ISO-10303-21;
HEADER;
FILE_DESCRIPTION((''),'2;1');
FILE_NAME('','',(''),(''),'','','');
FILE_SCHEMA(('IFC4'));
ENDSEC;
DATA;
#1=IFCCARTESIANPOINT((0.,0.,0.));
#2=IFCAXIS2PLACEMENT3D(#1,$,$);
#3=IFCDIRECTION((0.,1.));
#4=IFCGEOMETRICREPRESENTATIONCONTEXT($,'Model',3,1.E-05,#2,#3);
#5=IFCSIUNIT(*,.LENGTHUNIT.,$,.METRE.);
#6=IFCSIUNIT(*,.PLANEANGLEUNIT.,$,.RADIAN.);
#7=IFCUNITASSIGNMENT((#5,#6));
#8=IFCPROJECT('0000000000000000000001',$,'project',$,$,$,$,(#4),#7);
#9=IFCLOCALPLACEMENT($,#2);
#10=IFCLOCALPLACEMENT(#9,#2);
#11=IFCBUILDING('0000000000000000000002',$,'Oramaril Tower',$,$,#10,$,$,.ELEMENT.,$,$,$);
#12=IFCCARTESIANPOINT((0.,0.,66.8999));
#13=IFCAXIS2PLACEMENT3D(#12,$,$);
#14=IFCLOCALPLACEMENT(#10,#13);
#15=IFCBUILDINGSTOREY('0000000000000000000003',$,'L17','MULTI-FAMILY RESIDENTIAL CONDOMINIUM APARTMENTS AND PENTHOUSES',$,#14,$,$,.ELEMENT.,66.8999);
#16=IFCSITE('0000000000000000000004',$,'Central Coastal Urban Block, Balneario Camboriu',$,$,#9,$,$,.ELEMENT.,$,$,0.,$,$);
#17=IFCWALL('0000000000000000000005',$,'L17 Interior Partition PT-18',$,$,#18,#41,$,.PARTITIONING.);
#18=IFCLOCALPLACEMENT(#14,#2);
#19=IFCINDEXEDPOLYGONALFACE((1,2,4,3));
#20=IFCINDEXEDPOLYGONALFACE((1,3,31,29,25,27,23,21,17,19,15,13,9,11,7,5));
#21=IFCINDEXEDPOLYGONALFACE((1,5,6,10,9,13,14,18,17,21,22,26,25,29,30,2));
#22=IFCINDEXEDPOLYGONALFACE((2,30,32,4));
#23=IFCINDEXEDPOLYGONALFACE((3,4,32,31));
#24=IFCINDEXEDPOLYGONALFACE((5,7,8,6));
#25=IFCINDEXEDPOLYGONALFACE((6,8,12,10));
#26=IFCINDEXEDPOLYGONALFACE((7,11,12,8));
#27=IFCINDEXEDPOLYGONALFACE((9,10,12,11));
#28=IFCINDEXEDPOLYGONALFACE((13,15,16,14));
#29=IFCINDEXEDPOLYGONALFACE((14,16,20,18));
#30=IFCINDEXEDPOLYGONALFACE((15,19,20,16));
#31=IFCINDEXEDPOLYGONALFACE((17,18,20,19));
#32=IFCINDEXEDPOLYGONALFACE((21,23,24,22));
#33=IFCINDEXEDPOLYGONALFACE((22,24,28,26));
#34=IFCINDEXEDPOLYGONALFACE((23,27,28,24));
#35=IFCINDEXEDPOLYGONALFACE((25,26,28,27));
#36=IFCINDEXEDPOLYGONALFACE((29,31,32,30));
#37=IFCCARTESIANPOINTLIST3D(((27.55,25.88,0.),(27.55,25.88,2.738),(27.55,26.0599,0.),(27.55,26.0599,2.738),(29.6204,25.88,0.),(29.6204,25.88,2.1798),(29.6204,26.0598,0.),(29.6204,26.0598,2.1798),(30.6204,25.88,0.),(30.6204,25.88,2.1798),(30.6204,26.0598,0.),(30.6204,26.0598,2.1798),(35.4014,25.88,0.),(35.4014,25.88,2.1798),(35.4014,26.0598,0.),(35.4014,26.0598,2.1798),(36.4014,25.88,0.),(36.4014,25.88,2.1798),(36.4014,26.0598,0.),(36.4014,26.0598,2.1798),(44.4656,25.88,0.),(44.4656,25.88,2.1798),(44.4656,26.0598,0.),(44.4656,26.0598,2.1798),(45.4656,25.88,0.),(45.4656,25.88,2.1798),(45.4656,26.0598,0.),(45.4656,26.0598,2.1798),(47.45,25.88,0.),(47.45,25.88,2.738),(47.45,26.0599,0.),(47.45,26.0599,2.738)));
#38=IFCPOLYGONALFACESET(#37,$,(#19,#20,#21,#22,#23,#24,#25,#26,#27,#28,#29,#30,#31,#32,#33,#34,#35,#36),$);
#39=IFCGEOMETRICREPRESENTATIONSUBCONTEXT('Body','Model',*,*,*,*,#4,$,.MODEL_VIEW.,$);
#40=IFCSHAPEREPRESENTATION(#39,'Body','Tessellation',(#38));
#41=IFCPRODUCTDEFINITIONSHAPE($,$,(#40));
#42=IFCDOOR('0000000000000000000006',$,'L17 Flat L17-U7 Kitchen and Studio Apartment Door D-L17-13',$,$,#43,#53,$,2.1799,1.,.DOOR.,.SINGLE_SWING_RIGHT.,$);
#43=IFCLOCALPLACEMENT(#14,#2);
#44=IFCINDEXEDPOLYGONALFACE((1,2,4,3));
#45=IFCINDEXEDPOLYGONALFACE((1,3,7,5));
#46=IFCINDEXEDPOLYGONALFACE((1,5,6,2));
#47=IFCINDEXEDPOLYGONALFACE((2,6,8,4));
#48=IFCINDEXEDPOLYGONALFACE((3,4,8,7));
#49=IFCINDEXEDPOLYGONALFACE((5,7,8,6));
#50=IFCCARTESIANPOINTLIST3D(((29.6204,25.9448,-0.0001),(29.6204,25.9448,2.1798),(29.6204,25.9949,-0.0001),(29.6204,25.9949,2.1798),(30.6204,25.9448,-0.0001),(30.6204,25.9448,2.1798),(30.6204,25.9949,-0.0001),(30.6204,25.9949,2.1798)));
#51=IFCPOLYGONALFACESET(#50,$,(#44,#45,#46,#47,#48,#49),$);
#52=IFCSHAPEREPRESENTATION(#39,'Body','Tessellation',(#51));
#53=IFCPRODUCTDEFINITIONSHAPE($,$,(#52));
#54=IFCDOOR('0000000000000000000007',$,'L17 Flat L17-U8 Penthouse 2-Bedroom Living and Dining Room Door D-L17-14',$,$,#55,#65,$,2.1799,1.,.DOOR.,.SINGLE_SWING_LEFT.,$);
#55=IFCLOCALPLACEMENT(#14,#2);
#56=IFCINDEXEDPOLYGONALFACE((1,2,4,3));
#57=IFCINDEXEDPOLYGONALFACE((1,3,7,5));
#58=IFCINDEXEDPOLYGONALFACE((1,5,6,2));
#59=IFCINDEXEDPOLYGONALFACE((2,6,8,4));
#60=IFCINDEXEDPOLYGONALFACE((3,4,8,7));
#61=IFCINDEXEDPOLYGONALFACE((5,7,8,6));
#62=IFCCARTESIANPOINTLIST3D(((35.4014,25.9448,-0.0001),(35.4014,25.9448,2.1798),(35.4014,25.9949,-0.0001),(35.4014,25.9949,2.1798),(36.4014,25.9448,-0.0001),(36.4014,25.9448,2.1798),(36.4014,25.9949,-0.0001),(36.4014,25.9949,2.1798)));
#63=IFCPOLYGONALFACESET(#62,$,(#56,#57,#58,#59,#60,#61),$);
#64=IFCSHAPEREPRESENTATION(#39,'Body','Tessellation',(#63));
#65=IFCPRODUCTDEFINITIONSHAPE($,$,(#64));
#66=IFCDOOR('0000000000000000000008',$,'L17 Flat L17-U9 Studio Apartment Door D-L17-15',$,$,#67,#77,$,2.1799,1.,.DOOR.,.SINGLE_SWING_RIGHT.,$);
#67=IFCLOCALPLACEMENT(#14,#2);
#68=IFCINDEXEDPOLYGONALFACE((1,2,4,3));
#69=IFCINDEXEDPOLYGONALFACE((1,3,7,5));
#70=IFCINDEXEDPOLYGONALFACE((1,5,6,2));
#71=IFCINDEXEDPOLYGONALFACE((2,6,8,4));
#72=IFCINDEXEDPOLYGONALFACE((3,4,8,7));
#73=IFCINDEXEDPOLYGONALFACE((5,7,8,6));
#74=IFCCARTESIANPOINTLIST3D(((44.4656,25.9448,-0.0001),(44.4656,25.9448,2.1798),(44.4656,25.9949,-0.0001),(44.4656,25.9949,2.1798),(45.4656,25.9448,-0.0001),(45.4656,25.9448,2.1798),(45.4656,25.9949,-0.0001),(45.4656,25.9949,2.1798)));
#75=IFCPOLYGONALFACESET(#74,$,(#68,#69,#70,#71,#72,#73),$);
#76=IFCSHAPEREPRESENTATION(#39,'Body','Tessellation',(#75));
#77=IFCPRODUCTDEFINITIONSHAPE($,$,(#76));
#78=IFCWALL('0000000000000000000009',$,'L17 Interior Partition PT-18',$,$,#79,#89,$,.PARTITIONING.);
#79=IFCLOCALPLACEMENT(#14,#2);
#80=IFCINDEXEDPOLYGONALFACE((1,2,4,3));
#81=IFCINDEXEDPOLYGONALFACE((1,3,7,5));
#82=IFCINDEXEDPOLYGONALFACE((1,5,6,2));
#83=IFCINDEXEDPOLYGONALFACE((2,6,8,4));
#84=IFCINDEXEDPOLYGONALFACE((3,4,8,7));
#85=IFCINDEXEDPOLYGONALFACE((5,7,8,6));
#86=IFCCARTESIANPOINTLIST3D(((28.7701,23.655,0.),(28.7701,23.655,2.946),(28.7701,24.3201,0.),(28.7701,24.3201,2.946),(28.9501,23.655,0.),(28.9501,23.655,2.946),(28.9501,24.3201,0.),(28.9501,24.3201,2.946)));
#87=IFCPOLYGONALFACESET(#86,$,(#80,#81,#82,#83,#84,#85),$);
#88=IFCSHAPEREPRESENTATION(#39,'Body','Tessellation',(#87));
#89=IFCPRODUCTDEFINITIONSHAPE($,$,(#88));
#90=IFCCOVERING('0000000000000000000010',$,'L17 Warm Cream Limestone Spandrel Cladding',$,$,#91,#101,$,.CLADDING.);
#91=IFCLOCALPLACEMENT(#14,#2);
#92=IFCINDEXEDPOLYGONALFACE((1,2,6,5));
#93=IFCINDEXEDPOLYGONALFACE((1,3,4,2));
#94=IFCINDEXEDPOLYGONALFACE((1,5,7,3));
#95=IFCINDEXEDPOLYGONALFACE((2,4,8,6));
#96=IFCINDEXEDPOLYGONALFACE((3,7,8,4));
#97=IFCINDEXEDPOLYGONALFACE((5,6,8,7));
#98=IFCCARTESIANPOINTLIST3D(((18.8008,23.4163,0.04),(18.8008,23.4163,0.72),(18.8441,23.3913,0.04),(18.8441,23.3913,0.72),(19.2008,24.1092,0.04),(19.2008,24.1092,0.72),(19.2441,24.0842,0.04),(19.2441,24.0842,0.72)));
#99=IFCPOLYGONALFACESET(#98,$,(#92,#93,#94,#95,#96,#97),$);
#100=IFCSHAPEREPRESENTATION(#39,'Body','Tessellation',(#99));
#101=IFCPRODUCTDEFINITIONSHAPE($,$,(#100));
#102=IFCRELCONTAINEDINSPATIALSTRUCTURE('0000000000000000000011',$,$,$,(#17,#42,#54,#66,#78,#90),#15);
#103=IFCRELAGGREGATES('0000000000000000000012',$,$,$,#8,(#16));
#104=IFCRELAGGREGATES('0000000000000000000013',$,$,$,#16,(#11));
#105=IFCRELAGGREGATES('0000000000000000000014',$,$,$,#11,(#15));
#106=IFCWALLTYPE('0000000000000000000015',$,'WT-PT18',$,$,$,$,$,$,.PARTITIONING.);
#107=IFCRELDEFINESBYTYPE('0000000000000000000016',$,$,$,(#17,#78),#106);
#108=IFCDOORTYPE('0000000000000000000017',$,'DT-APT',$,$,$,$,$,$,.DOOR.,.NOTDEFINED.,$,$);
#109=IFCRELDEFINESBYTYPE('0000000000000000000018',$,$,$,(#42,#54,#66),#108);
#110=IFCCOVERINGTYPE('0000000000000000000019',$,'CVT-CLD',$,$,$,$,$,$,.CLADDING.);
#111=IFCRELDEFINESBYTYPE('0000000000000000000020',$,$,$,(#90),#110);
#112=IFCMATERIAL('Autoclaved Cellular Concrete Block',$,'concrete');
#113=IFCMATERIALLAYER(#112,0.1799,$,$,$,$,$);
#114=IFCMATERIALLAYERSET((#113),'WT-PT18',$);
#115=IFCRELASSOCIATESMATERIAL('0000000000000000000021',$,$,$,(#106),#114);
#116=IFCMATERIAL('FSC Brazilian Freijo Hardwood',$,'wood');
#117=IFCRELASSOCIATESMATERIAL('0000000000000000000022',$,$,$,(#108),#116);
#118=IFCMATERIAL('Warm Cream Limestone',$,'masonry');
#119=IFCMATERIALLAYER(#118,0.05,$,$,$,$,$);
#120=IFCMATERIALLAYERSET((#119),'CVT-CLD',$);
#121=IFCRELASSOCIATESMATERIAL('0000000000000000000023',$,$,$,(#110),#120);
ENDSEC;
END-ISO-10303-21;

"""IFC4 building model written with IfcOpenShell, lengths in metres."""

from ifc_helpers import new_model, si_unit, direction, frame, frame_2d, origin, origin_2d, place, context, subcontext, project, spatial, rectangle, extrude, material, layer, layer_set, type_object, element, fill, save


model = new_model("IFC4")

# Units and contexts
model_context = context("Model", 3, precision=1e-05, world=origin(), true_north=direction((0.0, 1.0)))
body_context = subcontext(model_context, "Body", "Model", "MODEL_VIEW")
ifc_project = project(units=[si_unit("LENGTHUNIT", "METRE"), si_unit("PLANEANGLEUNIT", "RADIAN")], contexts=[model_context])

# Site, building, storey
site_placement = place(None, origin())
site = spatial("IfcSite", under=ifc_project, at=site_placement, Name="Central Coastal Urban Block, Balneario Camboriu", CompositionType="ELEMENT", RefElevation=0.0)
building_placement = place(site_placement, origin())
building = spatial("IfcBuilding", under=site, at=building_placement, Name="Oramaril Tower", CompositionType="ELEMENT")
storey_placement = place(building_placement, frame((0.0, 0.0, 66.8999)))
storey = spatial("IfcBuildingStorey", under=building, at=storey_placement, Name="L17", Description="MULTI-FAMILY RESIDENTIAL CONDOMINIUM APARTMENTS AND PENTHOUSES", CompositionType="ELEMENT", Elevation=66.8999)

# Shared definitions
ifc_material_1 = material(Name="Autoclaved Cellular Concrete Block", Category="concrete")
ifc_layer_1 = layer(ifc_material_1, 0.1799)
ifc_layer_set_1 = layer_set([ifc_layer_1], Name="WT-PT18")
wall_type_1 = type_object("IfcWallType", Name="WT-PT18", PredefinedType="PARTITIONING", material=ifc_layer_set_1)

# Wall, openings, doors
wall_1_placement = place(storey_placement, frame((27.55, 25.97, 0.0), z_axis=(0.0, 0.0, 1.0), x_axis=(1.0, 0.0, 0.0)))
wall_1 = element("IfcWall", 1, at=wall_1_placement, inside=storey, type_object=wall_type_1, Name="L17 Interior Partition PT-18", PredefinedType="PARTITIONING", context=body_context, shape_type="SweptSolid", body=[
    extrude(rectangle(XDim=19.8999, YDim=0.1799, at=frame_2d((9.95, 0.0))), origin(), (0.0, 0.0, 1.0), 2.738),
])
opening_1_placement = place(wall_1_placement, frame((2.0703, 0.0, 0.0)))
opening_1 = element("IfcOpeningElement", 2, at=opening_1_placement, cuts=wall_1, PredefinedType="OPENING", context=body_context, shape_type="SweptSolid", body=[
    extrude(rectangle(XDim=1.0, YDim=2.1799, at=frame_2d((0.5, 1.0898))), frame((0.0, 0.0898, 0.0), z_axis=(0.0, -1.0, 0.0), x_axis=(1.0, 0.0, 0.0)), (0.0, 0.0, 1.0), 0.1799),
])
opening_2_placement = place(wall_1_placement, frame((7.8513, 0.0, 0.0)))
opening_2 = element("IfcOpeningElement", 3, at=opening_2_placement, cuts=wall_1, PredefinedType="OPENING", context=body_context, shape_type="SweptSolid", body=[
    extrude(rectangle(XDim=1.0, YDim=2.1799, at=frame_2d((0.5, 1.0898))), frame((0.0, 0.0898, 0.0), z_axis=(0.0, -1.0, 0.0), x_axis=(1.0, 0.0, 0.0)), (0.0, 0.0, 1.0), 0.1799),
])
opening_3_placement = place(wall_1_placement, frame((16.9155, 0.0, 0.0)))
opening_3 = element("IfcOpeningElement", 4, at=opening_3_placement, cuts=wall_1, PredefinedType="OPENING", context=body_context, shape_type="SweptSolid", body=[
    extrude(rectangle(XDim=1.0, YDim=2.1799, at=frame_2d((0.5, 1.0898))), frame((0.0, 0.0898, 0.0), z_axis=(0.0, -1.0, 0.0), x_axis=(1.0, 0.0, 0.0)), (0.0, 0.0, 1.0), 0.1799),
])
ifc_material_2 = material(Name="FSC Brazilian Freijo Hardwood", Category="wood")
door_type_1 = type_object("IfcDoorType", Name="DT-APT", OperationType="NOTDEFINED", PredefinedType="DOOR", material=ifc_material_2)
door_1_placement = place(opening_1_placement, origin())
door_1 = element("IfcDoor", 5, at=door_1_placement, inside=storey, type_object=door_type_1, Name="L17 Flat L17-U7 Kitchen and Studio Apartment Door D-L17-13", OperationType="SINGLE_SWING_RIGHT", OverallHeight=2.1799, OverallWidth=1.0, PredefinedType="DOOR", context=body_context, shape_type="SweptSolid", body=[
    extrude(rectangle(XDim=1.0, YDim=2.1799, at=frame_2d((0.5, 1.0898))), frame((0.0, 0.0249, 0.0), z_axis=(0.0, -1.0, 0.0), x_axis=(1.0, 0.0, 0.0)), (0.0, 0.0, 1.0), 0.05),
])
fill(opening_1, door_1)
door_2_placement = place(opening_2_placement, origin())
door_2 = element("IfcDoor", 6, at=door_2_placement, inside=storey, type_object=door_type_1, Name="L17 Flat L17-U8 Penthouse 2-Bedroom Living and Dining Room Door D-L17-14", OperationType="SINGLE_SWING_LEFT", OverallHeight=2.1799, OverallWidth=1.0, PredefinedType="DOOR", context=body_context, shape_type="SweptSolid", body=[
    extrude(rectangle(XDim=1.0, YDim=2.1799, at=frame_2d((0.5, 1.0898))), frame((0.0, 0.0249, 0.0), z_axis=(0.0, -1.0, 0.0), x_axis=(1.0, 0.0, 0.0)), (0.0, 0.0, 1.0), 0.05),
])
fill(opening_2, door_2)
door_3_placement = place(opening_3_placement, origin())
door_3 = element("IfcDoor", 7, at=door_3_placement, inside=storey, type_object=door_type_1, Name="L17 Flat L17-U9 Studio Apartment Door D-L17-15", OperationType="SINGLE_SWING_RIGHT", OverallHeight=2.1799, OverallWidth=1.0, PredefinedType="DOOR", context=body_context, shape_type="SweptSolid", body=[
    extrude(rectangle(XDim=1.0, YDim=2.1799, at=frame_2d((0.5, 1.0898))), frame((0.0, 0.0249, 0.0), z_axis=(0.0, -1.0, 0.0), x_axis=(1.0, 0.0, 0.0)), (0.0, 0.0, 1.0), 0.05),
])
fill(opening_3, door_3)

# Wall
wall_2_placement = place(storey_placement, frame((28.8601, 23.655, 0.0), z_axis=(0.0, 0.0, 1.0), x_axis=(0.0, 1.0, 0.0)))
element("IfcWall", 8, at=wall_2_placement, inside=storey, type_object=wall_type_1, Name="L17 Interior Partition PT-18", PredefinedType="PARTITIONING", context=body_context, shape_type="SweptSolid", body=[
    extrude(rectangle(XDim=0.665, YDim=0.1799, at=frame_2d((0.3325, 0.0))), origin(), (0.0, 0.0, 1.0), 2.946),
])

# Covering
ifc_material_3 = material(Name="Warm Cream Limestone", Category="masonry")
ifc_layer_2 = layer(ifc_material_3, 0.05)
ifc_layer_set_2 = layer_set([ifc_layer_2], Name="CVT-CLD")
covering_type = type_object("IfcCoveringType", Name="CVT-CLD", PredefinedType="CLADDING", material=ifc_layer_set_2)
covering_placement = place(storey_placement, frame((19.0225, 23.7502, 0.04), z_axis=(0.0, 0.0, 1.0), x_axis=(-0.5, -0.866025, 0.0)))
element("IfcCovering", 9, at=covering_placement, inside=storey, type_object=covering_type, Name="L17 Warm Cream Limestone Spandrel Cladding", PredefinedType="CLADDING", context=body_context, shape_type="SweptSolid", body=[
    extrude(rectangle(XDim=0.8, YDim=0.05, at=origin_2d()), origin(), (0.0, 0.0, 1.0), 0.6799),
])

save(model, "model.ifc")
